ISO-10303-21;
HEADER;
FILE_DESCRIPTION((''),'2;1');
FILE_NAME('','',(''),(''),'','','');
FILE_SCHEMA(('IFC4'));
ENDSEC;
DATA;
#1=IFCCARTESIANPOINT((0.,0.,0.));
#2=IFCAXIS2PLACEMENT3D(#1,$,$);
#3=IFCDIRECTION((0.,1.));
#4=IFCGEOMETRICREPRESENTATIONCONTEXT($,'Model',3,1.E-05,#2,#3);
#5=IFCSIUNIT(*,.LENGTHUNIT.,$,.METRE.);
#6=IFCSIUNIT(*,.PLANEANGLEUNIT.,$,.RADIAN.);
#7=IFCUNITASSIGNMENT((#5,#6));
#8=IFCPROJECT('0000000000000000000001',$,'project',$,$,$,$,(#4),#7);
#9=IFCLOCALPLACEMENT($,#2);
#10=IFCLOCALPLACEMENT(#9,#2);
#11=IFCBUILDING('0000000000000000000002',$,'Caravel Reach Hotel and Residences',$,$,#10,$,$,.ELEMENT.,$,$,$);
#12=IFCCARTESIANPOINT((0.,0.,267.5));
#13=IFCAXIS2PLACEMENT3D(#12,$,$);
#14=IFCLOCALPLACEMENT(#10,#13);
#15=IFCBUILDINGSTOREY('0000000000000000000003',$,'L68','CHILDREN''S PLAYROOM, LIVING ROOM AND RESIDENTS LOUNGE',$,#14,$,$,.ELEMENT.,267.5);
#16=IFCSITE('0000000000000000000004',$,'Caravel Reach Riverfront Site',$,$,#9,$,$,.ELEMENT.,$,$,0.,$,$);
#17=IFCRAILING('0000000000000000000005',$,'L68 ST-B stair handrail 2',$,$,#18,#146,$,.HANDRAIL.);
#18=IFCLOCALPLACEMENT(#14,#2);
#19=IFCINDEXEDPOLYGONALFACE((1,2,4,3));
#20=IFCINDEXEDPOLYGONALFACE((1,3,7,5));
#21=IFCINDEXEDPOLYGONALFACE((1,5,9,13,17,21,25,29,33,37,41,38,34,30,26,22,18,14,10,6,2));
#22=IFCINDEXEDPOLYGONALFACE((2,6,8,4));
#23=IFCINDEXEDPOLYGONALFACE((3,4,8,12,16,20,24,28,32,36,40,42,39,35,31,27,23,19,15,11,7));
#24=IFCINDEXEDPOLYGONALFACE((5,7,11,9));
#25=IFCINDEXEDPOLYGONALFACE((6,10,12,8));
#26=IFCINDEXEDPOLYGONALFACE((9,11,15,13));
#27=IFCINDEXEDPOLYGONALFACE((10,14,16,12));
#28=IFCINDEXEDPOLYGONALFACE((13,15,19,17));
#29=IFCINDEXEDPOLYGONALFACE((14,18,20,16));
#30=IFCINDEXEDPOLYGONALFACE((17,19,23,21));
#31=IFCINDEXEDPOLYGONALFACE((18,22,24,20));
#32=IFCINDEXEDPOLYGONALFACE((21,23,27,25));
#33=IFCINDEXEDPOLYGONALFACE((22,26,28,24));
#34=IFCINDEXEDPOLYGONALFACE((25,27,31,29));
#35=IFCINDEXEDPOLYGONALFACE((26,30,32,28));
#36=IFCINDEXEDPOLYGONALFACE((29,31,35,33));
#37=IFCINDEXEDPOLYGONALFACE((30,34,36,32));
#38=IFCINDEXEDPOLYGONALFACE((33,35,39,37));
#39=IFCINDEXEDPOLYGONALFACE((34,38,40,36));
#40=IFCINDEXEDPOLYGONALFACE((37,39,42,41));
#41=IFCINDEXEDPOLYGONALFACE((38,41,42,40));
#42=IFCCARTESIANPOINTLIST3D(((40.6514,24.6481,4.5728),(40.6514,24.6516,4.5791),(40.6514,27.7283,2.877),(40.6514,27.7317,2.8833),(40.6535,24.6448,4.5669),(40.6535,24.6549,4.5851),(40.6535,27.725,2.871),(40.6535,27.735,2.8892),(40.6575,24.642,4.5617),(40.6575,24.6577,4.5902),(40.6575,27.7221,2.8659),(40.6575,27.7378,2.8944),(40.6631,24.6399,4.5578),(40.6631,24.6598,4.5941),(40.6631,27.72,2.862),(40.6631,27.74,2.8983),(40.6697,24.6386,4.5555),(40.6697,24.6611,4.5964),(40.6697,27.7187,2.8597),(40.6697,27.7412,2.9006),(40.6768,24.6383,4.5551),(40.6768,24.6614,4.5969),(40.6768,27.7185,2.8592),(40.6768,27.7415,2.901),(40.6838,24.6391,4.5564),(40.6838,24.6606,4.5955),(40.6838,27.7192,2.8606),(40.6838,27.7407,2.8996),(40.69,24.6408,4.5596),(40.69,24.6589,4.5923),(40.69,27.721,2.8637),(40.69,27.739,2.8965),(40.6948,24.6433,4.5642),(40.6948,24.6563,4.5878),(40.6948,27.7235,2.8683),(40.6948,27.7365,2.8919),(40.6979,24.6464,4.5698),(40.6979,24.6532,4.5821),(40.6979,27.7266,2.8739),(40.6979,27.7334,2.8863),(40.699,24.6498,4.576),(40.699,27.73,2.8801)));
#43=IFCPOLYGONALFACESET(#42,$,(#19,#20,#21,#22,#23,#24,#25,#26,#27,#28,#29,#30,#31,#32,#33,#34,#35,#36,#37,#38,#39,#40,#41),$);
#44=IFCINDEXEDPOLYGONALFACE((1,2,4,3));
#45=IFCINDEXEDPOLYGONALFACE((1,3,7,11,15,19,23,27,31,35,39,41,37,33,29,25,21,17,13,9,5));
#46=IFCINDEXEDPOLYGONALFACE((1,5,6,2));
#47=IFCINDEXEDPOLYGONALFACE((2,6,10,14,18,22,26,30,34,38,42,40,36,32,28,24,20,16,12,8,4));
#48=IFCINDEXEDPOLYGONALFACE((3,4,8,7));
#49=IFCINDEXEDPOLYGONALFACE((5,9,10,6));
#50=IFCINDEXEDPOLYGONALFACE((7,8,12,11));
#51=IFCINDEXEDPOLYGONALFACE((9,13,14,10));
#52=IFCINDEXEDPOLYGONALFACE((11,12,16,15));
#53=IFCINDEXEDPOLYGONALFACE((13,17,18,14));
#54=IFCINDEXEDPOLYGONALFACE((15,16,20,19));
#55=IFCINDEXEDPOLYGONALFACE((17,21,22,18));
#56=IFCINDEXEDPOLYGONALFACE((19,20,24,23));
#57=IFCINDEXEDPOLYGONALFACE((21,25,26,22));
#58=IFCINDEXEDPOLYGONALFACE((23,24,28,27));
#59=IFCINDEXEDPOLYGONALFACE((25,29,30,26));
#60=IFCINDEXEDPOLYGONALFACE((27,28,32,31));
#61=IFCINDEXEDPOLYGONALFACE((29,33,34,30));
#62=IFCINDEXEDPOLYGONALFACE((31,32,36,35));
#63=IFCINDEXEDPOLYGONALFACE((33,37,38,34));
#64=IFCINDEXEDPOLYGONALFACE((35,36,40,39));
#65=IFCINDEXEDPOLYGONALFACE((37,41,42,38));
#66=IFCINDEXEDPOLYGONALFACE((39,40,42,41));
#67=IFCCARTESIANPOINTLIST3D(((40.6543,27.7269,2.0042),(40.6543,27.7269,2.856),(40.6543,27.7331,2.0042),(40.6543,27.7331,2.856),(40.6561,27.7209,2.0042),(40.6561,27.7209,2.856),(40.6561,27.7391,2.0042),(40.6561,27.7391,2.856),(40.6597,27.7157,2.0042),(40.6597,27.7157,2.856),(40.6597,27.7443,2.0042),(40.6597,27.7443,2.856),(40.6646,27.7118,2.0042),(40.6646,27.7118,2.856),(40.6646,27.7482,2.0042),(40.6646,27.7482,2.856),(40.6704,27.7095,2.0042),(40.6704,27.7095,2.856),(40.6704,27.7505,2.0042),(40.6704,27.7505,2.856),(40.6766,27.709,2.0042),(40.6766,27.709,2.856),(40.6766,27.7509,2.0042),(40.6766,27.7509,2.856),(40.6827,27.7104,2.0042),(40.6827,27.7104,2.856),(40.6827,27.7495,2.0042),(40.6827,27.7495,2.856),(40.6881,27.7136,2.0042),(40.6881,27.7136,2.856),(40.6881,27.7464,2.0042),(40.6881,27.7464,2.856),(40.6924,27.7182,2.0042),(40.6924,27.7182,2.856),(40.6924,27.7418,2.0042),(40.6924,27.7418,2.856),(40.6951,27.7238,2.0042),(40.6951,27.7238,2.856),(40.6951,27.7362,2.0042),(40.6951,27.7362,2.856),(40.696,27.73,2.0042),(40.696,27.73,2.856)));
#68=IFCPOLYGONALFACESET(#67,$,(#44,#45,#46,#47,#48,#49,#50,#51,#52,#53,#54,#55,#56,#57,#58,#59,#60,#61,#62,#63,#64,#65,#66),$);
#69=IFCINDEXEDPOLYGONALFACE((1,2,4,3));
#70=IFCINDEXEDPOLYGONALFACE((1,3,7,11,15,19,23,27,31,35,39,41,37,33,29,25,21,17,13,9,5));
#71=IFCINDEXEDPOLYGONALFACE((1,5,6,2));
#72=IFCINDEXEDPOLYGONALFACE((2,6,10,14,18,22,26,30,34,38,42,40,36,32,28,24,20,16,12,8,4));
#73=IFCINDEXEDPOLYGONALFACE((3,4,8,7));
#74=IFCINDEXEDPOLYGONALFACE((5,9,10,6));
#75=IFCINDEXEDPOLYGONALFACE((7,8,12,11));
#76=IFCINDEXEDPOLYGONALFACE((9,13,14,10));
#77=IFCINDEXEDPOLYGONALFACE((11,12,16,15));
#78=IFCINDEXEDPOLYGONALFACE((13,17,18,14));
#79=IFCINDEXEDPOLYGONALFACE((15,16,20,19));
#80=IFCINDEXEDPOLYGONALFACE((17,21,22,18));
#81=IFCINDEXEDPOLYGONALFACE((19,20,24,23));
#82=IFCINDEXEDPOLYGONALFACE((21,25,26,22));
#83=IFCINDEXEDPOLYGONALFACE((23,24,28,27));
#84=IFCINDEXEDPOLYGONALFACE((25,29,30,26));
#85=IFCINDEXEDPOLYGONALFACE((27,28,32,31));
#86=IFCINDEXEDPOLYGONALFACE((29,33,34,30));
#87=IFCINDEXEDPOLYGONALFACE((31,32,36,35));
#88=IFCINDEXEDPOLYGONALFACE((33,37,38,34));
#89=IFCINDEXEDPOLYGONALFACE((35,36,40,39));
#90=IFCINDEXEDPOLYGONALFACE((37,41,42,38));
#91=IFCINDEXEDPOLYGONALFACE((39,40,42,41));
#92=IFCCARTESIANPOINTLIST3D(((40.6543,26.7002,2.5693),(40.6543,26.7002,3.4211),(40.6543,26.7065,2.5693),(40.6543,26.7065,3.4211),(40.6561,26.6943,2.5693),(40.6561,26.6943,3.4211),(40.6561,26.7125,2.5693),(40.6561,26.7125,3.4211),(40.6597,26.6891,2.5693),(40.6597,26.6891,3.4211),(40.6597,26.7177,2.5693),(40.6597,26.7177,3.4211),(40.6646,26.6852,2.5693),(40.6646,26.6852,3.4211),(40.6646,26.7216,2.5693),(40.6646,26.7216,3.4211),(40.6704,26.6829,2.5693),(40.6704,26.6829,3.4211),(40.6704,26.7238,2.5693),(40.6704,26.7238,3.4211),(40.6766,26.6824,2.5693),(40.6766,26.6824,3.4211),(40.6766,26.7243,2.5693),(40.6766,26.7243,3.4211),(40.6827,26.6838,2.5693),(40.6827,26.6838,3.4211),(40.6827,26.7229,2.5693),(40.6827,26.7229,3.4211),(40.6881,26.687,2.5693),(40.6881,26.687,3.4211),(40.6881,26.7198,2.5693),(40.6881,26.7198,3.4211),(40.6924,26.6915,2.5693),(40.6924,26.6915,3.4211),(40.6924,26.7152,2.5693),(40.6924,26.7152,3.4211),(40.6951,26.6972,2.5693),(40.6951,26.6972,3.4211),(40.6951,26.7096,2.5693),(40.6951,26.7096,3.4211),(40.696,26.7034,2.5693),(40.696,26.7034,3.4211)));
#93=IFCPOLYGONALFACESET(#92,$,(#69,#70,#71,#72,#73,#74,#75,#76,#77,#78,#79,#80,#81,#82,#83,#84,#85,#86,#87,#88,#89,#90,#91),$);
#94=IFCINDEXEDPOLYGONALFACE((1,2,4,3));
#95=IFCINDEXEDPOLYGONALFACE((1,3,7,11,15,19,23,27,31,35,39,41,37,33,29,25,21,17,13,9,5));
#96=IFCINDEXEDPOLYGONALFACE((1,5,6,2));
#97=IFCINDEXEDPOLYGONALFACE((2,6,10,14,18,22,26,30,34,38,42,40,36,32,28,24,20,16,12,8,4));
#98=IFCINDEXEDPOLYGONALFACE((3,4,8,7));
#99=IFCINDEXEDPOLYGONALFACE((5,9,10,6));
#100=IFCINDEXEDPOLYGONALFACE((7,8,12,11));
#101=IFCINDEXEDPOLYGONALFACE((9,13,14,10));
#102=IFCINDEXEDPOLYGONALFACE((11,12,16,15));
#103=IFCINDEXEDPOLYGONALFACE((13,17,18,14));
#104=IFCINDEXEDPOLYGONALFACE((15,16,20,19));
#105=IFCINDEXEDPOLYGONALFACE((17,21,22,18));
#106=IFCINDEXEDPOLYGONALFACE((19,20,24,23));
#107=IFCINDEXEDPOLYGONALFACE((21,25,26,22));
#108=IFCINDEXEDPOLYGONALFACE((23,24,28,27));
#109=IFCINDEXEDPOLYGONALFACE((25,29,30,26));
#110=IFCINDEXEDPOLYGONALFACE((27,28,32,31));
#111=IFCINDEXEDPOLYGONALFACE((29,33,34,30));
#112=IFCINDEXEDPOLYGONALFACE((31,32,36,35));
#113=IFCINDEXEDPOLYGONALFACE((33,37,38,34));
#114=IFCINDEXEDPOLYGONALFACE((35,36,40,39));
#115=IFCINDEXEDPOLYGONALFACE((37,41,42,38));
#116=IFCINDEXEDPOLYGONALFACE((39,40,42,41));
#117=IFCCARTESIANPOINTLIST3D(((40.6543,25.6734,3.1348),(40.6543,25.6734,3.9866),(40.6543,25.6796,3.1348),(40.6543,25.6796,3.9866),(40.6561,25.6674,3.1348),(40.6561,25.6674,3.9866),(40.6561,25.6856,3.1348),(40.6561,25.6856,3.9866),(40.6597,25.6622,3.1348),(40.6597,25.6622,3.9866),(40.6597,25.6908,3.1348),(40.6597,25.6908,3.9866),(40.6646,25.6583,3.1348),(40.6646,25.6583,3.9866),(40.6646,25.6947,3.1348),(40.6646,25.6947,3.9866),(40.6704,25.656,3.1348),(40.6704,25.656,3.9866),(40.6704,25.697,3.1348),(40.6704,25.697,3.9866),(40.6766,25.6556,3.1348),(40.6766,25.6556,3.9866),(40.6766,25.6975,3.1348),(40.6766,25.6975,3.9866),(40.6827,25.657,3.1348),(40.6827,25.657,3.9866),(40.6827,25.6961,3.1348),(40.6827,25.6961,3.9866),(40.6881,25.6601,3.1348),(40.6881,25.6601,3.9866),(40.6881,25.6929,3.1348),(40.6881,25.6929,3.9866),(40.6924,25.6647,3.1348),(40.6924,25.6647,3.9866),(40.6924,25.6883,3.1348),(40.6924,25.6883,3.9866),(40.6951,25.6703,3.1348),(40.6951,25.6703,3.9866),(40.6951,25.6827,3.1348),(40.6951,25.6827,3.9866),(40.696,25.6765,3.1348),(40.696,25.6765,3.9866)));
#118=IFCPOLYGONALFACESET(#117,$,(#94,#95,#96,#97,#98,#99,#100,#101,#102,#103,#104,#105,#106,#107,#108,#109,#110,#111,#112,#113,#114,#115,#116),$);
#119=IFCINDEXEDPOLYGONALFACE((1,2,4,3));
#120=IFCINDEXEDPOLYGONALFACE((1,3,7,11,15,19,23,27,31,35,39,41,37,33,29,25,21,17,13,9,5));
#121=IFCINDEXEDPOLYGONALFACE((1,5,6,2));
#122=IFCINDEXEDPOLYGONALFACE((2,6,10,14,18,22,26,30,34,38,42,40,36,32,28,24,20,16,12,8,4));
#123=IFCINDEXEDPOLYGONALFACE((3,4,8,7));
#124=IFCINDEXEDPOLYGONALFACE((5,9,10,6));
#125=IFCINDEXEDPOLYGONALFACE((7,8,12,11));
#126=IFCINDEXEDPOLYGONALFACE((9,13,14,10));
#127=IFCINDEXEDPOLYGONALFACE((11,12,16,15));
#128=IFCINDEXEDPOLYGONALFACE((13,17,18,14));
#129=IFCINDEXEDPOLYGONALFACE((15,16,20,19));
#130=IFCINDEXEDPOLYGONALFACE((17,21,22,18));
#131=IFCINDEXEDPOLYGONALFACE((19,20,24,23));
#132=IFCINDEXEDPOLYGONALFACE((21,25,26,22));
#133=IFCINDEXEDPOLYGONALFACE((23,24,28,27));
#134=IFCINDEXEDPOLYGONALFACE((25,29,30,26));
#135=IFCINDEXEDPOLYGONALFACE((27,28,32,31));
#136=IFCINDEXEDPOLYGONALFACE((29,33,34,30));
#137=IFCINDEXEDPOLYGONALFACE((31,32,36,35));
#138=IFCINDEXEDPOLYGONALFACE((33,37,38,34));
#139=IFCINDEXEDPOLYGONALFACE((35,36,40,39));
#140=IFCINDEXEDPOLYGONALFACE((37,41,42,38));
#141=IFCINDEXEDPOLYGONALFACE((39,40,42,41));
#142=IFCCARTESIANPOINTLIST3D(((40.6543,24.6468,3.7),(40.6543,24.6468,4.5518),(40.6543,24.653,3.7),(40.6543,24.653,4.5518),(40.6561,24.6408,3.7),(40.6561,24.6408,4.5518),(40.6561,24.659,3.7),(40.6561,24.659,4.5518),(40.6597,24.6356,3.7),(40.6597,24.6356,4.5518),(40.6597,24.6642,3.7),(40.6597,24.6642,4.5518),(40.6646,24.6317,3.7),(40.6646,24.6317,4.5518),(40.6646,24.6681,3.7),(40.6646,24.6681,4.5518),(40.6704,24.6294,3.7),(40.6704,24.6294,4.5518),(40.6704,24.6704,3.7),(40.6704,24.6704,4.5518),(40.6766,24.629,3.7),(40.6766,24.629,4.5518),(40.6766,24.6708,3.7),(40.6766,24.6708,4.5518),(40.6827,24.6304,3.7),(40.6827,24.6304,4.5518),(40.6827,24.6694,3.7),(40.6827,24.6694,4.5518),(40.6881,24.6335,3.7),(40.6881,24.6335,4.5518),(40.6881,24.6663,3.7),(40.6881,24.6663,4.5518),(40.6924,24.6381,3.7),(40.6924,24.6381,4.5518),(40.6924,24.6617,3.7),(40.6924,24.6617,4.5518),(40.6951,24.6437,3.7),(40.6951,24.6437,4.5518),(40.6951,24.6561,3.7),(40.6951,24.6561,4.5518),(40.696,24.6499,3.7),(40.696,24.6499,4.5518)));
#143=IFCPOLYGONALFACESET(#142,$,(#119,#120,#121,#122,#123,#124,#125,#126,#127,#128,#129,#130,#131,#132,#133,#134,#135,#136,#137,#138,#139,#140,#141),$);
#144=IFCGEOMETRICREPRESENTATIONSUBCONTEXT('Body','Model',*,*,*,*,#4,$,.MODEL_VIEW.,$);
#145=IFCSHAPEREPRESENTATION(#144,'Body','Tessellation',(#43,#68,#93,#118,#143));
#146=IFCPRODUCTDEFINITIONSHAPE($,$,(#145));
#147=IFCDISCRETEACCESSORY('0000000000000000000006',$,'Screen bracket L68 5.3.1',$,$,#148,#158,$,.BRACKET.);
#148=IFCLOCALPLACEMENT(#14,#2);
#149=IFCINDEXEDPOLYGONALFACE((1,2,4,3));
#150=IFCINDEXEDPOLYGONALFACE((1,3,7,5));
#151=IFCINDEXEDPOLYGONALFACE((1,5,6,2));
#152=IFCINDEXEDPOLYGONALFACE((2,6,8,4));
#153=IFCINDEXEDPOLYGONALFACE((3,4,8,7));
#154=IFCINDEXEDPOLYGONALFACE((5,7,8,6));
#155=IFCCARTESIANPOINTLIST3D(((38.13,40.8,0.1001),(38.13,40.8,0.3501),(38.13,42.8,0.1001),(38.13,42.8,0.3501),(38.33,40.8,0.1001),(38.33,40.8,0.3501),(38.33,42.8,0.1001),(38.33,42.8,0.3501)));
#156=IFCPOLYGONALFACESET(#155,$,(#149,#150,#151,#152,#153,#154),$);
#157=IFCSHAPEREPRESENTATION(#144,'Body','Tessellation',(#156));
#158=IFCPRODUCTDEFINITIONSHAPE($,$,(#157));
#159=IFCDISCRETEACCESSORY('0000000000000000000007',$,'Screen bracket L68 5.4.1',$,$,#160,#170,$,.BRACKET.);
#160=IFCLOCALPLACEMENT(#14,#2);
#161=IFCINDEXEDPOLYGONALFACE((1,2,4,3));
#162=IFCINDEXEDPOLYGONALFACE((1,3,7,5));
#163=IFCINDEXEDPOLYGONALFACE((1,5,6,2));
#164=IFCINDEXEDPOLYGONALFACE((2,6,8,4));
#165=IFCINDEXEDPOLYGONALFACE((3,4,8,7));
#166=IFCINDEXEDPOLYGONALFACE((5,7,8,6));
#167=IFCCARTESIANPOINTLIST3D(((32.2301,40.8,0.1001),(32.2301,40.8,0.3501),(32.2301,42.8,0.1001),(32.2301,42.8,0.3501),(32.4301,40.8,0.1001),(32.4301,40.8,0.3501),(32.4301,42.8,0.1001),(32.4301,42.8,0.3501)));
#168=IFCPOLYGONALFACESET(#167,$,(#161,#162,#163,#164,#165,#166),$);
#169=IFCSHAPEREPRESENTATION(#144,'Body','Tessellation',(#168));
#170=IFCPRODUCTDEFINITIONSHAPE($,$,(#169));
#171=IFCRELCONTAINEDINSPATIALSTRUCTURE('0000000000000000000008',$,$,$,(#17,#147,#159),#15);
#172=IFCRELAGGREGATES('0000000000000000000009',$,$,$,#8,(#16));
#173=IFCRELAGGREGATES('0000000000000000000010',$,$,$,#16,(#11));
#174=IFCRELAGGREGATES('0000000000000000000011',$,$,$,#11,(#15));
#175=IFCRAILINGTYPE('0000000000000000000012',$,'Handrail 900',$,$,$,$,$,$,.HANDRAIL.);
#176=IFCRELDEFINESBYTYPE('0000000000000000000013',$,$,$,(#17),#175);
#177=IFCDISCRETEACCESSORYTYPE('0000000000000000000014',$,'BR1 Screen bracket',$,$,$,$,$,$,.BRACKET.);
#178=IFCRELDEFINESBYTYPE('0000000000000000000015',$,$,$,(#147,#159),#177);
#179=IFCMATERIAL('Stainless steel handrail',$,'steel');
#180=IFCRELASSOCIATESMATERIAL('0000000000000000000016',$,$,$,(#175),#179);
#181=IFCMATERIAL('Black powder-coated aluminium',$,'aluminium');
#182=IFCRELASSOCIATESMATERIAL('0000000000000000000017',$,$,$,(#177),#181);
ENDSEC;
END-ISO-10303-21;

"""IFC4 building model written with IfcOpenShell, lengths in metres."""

from ifc_helpers import new_model, si_unit, direction, frame, origin, origin_2d, place, context, subcontext, project, spatial, rectangle, circle, extrude, material, type_object, element, save


model = new_model("IFC4")

# Units and contexts
model_context = context("Model", 3, precision=1e-05, world=origin(), true_north=direction((0.0, 1.0)))
body_context = subcontext(model_context, "Body", "Model", "MODEL_VIEW")
ifc_project = project(units=[si_unit("LENGTHUNIT", "METRE"), si_unit("PLANEANGLEUNIT", "RADIAN")], contexts=[model_context])

# Site, building, storey
site_placement = place(None, origin())
site = spatial("IfcSite", under=ifc_project, at=site_placement, Name="Caravel Reach Riverfront Site", CompositionType="ELEMENT", RefElevation=0.0)
building_placement = place(site_placement, origin())
building = spatial("IfcBuilding", under=site, at=building_placement, Name="Caravel Reach Hotel and Residences", CompositionType="ELEMENT")
storey_placement = place(building_placement, frame((0.0, 0.0, 267.5)))
storey = spatial("IfcBuildingStorey", under=building, at=storey_placement, Name="L68", Description="CHILDREN'S PLAYROOM, LIVING ROOM AND RESIDENTS LOUNGE", CompositionType="ELEMENT", Elevation=267.5)

# Railing
ifc_material_1 = material(Name="Stainless steel handrail", Category="steel")
railing_type_1 = type_object("IfcRailingType", Name="Handrail 900", PredefinedType="HANDRAIL", material=ifc_material_1)
railing_1_placement = place(storey_placement, frame((40.675, 27.73, 2.0042)))
element("IfcRailing", 1, at=railing_1_placement, inside=storey, type_object=railing_type_1, Name="L68 ST-B stair handrail 2", PredefinedType="HANDRAIL", context=body_context, shape_type="SweptSolid", body=[
    extrude(circle(Radius=0.0239, at=origin_2d()), frame((0.0, 0.0, 0.876), z_axis=(0.0, -0.876005, 0.482303), x_axis=(1.0, 0.0, 0.0)), (0.0, 0.0, 1.0), 3.5161),
    extrude(circle(Radius=0.021, at=origin_2d()), origin(), (0.0, 0.0, 1.0), 0.8518),
    extrude(circle(Radius=0.021, at=origin_2d()), frame((0.0, -1.0266, 0.5652)), (0.0, 0.0, 1.0), 0.8518),
    extrude(circle(Radius=0.021, at=origin_2d()), frame((0.0, -2.0535, 1.1306)), (0.0, 0.0, 1.0), 0.8518),
    extrude(circle(Radius=0.021, at=origin_2d()), frame((0.0, -3.0801, 1.6958)), (0.0, 0.0, 1.0), 0.8518),
])

# Discrete accessories
ifc_material_2 = material(Name="Black powder-coated aluminium", Category="aluminium")
discrete_accessory_type = type_object("IfcDiscreteAccessoryType", Name="BR1 Screen bracket", PredefinedType="BRACKET", material=ifc_material_2)
for number, where, z_axis, x_axis, name in (
    (2, (38.23, 41.8, 0.1001), (0.0, 0.0, 1.0), (0.0, 1.0, 0.0), "Screen bracket L68 5.3.1"),
    (3, (32.3301, 41.8, 0.1001), (0.0, 0.0, 1.0), (0.0, 1.0, 0.0), "Screen bracket L68 5.4.1"),
):
    element("IfcDiscreteAccessory", number, at=place(storey_placement, frame(where, z_axis=z_axis, x_axis=x_axis)), inside=storey, type_object=discrete_accessory_type, Name=name, PredefinedType="BRACKET", context=body_context, shape_type="SweptSolid", body=[
        extrude(rectangle(XDim=2.0, YDim=0.2, at=origin_2d()), origin(), (0.0, 0.0, 1.0), 0.25),
    ])

save(model, "model.ifc")
